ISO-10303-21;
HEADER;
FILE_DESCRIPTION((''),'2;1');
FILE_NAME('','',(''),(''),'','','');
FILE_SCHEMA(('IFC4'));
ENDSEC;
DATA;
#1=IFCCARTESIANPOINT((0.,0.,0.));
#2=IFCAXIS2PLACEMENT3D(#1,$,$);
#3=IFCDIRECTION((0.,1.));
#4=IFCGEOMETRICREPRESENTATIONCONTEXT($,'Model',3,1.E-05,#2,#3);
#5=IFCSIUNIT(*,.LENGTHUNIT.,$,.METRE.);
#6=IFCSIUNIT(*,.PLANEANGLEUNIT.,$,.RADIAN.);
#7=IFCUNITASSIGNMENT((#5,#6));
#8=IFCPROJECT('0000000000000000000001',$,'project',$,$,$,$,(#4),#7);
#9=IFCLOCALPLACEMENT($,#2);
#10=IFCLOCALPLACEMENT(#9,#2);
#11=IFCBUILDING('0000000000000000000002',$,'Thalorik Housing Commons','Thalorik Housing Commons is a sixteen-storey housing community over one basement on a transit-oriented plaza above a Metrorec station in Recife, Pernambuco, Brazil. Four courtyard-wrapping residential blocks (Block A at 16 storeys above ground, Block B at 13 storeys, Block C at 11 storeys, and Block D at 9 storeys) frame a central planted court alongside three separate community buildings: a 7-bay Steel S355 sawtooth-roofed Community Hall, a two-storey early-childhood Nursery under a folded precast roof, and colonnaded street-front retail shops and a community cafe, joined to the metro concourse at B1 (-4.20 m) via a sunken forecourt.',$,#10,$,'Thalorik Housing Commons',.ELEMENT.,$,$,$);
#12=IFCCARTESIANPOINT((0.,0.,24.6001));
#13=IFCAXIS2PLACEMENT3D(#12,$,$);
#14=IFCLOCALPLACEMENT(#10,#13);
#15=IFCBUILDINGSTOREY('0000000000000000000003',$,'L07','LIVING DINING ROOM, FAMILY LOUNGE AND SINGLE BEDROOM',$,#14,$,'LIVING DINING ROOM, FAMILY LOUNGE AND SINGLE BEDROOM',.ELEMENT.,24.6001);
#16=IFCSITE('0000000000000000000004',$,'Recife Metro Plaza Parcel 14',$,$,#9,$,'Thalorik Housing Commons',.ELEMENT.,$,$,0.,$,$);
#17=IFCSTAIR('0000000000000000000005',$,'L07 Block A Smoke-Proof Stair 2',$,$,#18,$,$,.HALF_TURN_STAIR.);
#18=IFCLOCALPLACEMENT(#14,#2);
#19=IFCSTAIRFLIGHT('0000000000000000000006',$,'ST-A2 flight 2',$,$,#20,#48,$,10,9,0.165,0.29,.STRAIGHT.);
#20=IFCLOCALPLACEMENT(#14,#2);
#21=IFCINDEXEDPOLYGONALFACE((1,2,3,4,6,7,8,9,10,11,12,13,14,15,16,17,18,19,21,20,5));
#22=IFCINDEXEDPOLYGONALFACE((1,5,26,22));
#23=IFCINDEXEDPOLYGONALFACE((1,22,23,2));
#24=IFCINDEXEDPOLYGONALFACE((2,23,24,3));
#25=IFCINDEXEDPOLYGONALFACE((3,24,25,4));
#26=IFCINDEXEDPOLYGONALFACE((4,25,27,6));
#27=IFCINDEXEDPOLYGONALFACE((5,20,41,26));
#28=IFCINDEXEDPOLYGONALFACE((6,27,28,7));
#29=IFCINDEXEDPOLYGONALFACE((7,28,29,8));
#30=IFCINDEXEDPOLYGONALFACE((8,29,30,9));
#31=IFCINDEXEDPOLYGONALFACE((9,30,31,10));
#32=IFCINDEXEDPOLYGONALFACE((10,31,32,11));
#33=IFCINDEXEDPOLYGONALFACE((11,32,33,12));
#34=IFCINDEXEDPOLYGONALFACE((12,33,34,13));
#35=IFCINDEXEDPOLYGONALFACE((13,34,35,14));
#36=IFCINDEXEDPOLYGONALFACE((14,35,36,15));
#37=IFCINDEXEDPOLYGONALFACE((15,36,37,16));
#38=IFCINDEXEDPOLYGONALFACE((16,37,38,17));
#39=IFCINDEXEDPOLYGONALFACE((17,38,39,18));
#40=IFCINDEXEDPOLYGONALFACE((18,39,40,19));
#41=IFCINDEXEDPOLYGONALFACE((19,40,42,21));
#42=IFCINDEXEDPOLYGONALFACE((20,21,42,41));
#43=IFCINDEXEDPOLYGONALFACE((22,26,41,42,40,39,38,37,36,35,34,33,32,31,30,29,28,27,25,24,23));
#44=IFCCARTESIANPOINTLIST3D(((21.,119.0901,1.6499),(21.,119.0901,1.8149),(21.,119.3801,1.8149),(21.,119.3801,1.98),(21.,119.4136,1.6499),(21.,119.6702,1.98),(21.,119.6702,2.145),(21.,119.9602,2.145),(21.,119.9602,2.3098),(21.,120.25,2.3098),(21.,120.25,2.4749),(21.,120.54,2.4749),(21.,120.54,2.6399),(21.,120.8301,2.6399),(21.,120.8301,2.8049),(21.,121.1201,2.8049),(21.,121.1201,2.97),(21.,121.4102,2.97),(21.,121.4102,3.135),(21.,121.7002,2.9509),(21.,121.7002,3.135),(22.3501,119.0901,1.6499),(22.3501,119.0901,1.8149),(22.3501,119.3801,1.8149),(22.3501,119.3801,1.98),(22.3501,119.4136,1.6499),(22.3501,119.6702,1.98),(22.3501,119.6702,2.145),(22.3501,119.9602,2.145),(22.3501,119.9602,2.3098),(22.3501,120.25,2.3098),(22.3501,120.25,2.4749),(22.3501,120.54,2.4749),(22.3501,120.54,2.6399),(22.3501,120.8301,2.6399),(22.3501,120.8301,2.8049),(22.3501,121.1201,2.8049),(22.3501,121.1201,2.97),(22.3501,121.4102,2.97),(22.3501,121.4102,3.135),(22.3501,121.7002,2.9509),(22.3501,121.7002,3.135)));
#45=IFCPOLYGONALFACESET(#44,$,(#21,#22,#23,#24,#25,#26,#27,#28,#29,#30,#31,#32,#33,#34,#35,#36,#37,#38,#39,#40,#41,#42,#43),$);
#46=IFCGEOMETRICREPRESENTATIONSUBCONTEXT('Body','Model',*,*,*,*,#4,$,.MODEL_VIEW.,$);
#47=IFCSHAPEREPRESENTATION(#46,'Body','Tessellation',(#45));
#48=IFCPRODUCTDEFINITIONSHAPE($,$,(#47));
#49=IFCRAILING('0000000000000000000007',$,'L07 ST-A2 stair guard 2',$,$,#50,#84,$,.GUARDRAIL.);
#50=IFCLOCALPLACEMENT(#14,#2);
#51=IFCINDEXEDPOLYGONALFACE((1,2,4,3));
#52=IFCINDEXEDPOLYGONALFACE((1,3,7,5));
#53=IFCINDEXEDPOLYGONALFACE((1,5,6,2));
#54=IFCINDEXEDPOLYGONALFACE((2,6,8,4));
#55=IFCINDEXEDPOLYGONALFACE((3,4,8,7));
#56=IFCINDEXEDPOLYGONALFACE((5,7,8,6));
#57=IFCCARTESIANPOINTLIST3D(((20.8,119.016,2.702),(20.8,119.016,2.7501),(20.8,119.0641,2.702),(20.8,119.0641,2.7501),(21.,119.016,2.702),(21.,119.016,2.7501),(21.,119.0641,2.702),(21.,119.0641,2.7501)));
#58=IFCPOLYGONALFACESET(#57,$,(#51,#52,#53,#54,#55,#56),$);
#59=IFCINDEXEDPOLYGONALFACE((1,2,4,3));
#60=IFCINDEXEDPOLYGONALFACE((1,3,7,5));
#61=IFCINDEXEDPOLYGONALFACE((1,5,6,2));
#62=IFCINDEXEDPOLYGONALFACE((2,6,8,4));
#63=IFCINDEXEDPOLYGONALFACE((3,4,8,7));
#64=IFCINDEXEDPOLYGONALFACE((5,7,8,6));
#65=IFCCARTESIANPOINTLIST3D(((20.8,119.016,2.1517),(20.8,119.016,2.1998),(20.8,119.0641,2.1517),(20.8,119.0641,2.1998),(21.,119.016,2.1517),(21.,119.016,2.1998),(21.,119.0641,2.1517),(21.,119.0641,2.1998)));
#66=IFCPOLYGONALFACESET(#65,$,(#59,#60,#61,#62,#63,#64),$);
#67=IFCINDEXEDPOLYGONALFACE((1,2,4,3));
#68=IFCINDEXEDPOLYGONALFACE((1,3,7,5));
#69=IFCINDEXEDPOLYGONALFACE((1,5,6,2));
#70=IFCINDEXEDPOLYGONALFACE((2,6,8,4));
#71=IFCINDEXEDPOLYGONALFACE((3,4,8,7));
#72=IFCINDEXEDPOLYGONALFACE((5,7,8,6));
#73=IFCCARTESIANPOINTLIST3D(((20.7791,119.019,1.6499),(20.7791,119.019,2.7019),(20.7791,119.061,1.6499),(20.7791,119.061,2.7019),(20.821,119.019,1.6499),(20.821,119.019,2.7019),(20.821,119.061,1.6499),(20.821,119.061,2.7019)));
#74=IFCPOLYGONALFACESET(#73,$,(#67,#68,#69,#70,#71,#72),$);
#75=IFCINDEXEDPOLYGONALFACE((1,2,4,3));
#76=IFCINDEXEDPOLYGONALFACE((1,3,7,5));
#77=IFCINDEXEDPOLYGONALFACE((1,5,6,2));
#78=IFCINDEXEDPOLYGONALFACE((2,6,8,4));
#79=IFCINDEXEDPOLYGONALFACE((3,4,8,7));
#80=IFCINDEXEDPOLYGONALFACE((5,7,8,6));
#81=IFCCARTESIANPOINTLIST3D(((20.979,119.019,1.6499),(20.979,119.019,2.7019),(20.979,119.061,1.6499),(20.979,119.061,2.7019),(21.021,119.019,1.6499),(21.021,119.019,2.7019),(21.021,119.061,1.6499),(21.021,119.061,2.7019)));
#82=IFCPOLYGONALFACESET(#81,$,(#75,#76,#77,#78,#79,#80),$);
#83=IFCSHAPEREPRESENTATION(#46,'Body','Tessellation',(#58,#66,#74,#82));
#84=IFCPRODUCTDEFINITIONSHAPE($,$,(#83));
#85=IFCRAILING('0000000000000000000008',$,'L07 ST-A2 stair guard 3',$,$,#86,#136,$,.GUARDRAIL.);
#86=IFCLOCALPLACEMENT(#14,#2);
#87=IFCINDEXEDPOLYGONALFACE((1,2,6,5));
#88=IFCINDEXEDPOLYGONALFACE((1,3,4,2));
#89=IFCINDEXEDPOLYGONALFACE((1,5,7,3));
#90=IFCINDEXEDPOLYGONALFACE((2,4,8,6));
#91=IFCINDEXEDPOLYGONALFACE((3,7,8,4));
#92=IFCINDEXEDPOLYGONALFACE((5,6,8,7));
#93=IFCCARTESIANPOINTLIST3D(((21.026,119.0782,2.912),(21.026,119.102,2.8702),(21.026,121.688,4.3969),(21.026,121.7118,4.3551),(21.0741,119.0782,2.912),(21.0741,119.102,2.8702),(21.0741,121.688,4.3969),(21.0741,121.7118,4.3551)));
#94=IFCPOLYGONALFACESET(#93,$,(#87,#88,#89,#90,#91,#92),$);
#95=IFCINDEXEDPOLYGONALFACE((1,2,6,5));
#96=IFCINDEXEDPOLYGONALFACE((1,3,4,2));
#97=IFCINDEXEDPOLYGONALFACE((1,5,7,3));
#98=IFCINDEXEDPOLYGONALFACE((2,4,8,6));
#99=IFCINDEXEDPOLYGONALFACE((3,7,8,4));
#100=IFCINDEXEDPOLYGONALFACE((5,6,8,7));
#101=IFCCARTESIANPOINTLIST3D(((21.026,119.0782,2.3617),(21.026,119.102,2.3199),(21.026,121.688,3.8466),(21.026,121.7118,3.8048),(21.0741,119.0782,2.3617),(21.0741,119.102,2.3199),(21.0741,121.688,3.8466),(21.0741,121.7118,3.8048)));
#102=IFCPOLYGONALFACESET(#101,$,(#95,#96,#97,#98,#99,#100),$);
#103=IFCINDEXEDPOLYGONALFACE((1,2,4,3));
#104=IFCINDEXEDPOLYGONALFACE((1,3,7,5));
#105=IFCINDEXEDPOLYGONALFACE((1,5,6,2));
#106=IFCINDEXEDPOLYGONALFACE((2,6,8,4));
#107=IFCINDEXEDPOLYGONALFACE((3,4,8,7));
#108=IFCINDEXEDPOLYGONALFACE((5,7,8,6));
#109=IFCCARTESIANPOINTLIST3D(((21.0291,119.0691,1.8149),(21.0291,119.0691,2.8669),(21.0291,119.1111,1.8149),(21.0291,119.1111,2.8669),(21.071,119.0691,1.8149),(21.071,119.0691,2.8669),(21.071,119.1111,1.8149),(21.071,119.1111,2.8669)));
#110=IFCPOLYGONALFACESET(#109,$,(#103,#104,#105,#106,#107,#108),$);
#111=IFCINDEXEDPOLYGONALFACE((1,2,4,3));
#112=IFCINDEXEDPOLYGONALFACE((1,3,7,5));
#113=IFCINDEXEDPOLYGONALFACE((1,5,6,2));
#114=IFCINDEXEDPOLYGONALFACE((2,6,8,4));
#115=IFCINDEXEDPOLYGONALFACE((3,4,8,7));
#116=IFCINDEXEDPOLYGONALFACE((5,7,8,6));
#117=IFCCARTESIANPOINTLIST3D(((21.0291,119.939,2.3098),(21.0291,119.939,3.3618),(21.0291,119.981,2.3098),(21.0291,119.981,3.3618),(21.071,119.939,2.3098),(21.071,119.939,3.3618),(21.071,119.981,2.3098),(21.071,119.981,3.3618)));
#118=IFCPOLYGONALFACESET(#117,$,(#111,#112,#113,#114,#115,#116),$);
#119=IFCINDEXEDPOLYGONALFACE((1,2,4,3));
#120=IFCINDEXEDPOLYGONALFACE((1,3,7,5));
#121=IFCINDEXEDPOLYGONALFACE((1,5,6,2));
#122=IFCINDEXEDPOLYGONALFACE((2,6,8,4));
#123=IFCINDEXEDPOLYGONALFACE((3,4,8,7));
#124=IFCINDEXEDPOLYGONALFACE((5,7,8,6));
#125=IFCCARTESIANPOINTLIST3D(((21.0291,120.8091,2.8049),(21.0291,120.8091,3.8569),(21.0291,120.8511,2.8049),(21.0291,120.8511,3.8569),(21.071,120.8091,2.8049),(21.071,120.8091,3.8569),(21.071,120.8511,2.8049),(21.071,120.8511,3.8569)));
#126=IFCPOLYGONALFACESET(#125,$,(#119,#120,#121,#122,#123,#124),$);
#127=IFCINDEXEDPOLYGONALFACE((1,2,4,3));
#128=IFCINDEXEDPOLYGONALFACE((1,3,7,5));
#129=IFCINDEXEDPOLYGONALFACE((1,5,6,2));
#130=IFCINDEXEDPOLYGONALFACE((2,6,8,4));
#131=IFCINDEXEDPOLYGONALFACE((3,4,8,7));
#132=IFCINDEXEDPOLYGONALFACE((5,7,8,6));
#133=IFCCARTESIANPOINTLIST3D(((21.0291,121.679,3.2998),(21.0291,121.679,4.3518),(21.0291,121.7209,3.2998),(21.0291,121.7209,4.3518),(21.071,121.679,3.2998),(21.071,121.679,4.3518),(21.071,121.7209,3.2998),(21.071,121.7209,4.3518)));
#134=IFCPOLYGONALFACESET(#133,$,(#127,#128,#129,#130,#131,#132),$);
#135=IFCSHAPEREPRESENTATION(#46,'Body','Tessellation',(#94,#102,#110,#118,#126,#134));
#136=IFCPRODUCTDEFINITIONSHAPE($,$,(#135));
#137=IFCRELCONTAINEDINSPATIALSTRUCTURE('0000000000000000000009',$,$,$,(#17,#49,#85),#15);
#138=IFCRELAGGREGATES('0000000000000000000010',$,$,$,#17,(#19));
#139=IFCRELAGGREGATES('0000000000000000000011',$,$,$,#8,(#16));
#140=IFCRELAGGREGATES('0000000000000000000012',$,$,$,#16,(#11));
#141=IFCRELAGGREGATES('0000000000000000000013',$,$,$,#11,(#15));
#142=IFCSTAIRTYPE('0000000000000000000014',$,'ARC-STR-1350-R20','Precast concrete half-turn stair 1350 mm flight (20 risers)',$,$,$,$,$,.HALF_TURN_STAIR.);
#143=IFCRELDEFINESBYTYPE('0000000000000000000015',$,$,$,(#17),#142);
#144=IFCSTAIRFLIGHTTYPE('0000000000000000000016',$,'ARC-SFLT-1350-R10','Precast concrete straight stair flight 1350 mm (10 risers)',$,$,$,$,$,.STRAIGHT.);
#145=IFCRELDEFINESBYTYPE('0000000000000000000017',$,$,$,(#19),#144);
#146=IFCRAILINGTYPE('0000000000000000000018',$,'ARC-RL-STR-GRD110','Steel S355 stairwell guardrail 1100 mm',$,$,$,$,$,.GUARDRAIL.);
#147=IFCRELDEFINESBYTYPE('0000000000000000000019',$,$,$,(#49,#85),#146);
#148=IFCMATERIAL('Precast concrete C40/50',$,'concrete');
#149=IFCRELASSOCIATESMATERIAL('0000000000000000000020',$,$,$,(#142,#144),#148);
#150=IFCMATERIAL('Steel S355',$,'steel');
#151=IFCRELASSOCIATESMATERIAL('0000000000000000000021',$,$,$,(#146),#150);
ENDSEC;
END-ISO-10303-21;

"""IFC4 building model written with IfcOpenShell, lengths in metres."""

from ifc_helpers import new_model, si_unit, direction, frame, origin, origin_2d, place, context, subcontext, project, spatial, polyline, rectangle, outline, extrude, material, type_object, element, aggregate, save


model = new_model("IFC4")

# Units and contexts
model_context = context("Model", 3, precision=1e-05, world=origin(), true_north=direction((0.0, 1.0)))
body_context = subcontext(model_context, "Body", "Model", "MODEL_VIEW")
ifc_project = project(units=[si_unit("LENGTHUNIT", "METRE"), si_unit("PLANEANGLEUNIT", "RADIAN")], contexts=[model_context])

# Site, building, storey
site_placement = place(None, origin())
site = spatial("IfcSite", under=ifc_project, at=site_placement, Name="Recife Metro Plaza Parcel 14", LongName="Thalorik Housing Commons", CompositionType="ELEMENT", RefElevation=0.0)
building_placement = place(site_placement, origin())
building = spatial("IfcBuilding", under=site, at=building_placement, Name="Thalorik Housing Commons", Description="Thalorik Housing Commons is a sixteen-storey housing community over one basement on a transit-oriented plaza above a Metrorec station in Recife, Pernambuco, Brazil. Four courtyard-wrapping residential blocks (Block A at 16 storeys above ground, Block B at 13 storeys, Block C at 11 storeys, and Block D at 9 storeys) frame a central planted court alongside three separate community buildings: a 7-bay Steel S355 sawtooth-roofed Community Hall, a two-storey early-childhood Nursery under a folded precast roof, and colonnaded street-front retail shops and a community cafe, joined to the metro concourse at B1 (-4.20 m) via a sunken forecourt.", LongName="Thalorik Housing Commons", CompositionType="ELEMENT")
storey_placement = place(building_placement, frame((0.0, 0.0, 24.6001)))
storey = spatial("IfcBuildingStorey", under=building, at=storey_placement, Name="L07", Description="LIVING DINING ROOM, FAMILY LOUNGE AND SINGLE BEDROOM", LongName="LIVING DINING ROOM, FAMILY LOUNGE AND SINGLE BEDROOM", CompositionType="ELEMENT", Elevation=24.6001)

# Shared definitions
ifc_material_1 = material(Name="Steel S355", Category="steel")

# Stair, stair flight
ifc_material_2 = material(Name="Precast concrete C40/50", Category="concrete")
stair_type = type_object("IfcStairType", Name="ARC-STR-1350-R20", Description="Precast concrete half-turn stair 1350 mm flight (20 risers)", PredefinedType="HALF_TURN_STAIR", material=ifc_material_2)
stair_placement = place(storey_placement, origin())
stair = element("IfcStair", 1, at=stair_placement, inside=storey, type_object=stair_type, Name="L07 Block A Smoke-Proof Stair 2", PredefinedType="HALF_TURN_STAIR")
stair_flight_type = type_object("IfcStairFlightType", Name="ARC-SFLT-1350-R10", Description="Precast concrete straight stair flight 1350 mm (10 risers)", PredefinedType="STRAIGHT", material=ifc_material_2)
stair_flight_placement = place(storey_placement, frame((21.675, 119.0901, 1.6499), z_axis=(0.0, 0.0, 1.0), x_axis=(0.0, 1.0, 0.0)))
stair_flight = element("IfcStairFlight", 2, at=stair_flight_placement, type_object=stair_flight_type, Name="ST-A2 flight 2", NumberOfRisers=10, NumberOfTreads=9, PredefinedType="STRAIGHT", RiserHeight=0.165, TreadLength=0.29, context=body_context, shape_type="SweptSolid", body=[
    extrude(outline(polyline([(0.0, 0.0), (0.0, 0.165), (0.29, 0.165), (0.29, 0.3301), (0.5801, 0.3301), (0.5801, 0.4951), (0.8701, 0.4951), (0.8701, 0.6599), (1.1599, 0.6599), (1.1599, 0.825), (1.45, 0.825), (1.45, 0.99), (1.74, 0.99), (1.74, 1.155), (2.03, 1.155), (2.03, 1.3201), (2.3201, 1.3201), (2.3201, 1.4851), (2.6101, 1.4851), (2.6101, 1.6499), (2.6101, 1.301), (0.3235, 0.0), (0.0, 0.0)])), frame((0.0, 0.675, 0.0), z_axis=(0.0, -1.0, 0.0), x_axis=(1.0, 0.0, 0.0)), (0.0, 0.0, 1.0), 1.3501),
])
aggregate(stair, [stair_flight])

# Railings
railing_type = type_object("IfcRailingType", Name="ARC-RL-STR-GRD110", Description="Steel S355 stairwell guardrail 1100 mm", PredefinedType="GUARDRAIL", material=ifc_material_1)
railing_1_placement = place(storey_placement, frame((20.8, 119.04, 1.6499)))
element("IfcRailing", 3, at=railing_1_placement, inside=storey, type_object=railing_type, Name="L07 ST-A2 stair guard 2", PredefinedType="GUARDRAIL", context=body_context, shape_type="SweptSolid", body=[
    extrude(rectangle(XDim=0.0481, YDim=0.0481, at=origin_2d()), frame((0.0, 0.0, 1.0762), z_axis=(1.0, 0.0, 0.0), x_axis=(0.0, 1.0, 0.0)), (0.0, 0.0, 1.0), 0.2),
    extrude(rectangle(XDim=0.0481, YDim=0.0481, at=origin_2d()), frame((0.0, 0.0, 0.5259), z_axis=(1.0, 0.0, 0.0), x_axis=(0.0, 1.0, 0.0)), (0.0, 0.0, 1.0), 0.2),
    extrude(rectangle(XDim=0.042, YDim=0.042, at=origin_2d()), origin(), (0.0, 0.0, 1.0), 1.052),
    extrude(rectangle(XDim=0.042, YDim=0.042, at=origin_2d()), frame((0.2, 0.0, 0.0)), (0.0, 0.0, 1.0), 1.052),
])
railing_2_placement = place(storey_placement, frame((21.05, 119.0901, 1.8149)))
element("IfcRailing", 4, at=railing_2_placement, inside=storey, type_object=railing_type, Name="L07 ST-A2 stair guard 3", PredefinedType="GUARDRAIL", context=body_context, shape_type="SweptSolid", body=[
    extrude(rectangle(XDim=0.0481, YDim=0.0481, at=origin_2d()), frame((0.0, 0.0, 1.0762), z_axis=(0.0, 0.869172, 0.494509), x_axis=(-1.0, 0.0, 0.0)), (0.0, 0.0, 1.0), 3.0027),
    extrude(rectangle(XDim=0.0481, YDim=0.0481, at=origin_2d()), frame((0.0, 0.0, 0.5259), z_axis=(0.0, 0.869172, 0.494509), x_axis=(-1.0, 0.0, 0.0)), (0.0, 0.0, 1.0), 3.0027),
    extrude(rectangle(XDim=0.042, YDim=0.042, at=origin_2d()), origin(), (0.0, 0.0, 1.0), 1.052),
    extrude(rectangle(XDim=0.042, YDim=0.042, at=origin_2d()), frame((0.0, 0.8699, 0.4949)), (0.0, 0.0, 1.0), 1.052),
    extrude(rectangle(XDim=0.042, YDim=0.042, at=origin_2d()), frame((0.0, 1.74, 0.99)), (0.0, 0.0, 1.0), 1.052),
    extrude(rectangle(XDim=0.042, YDim=0.042, at=origin_2d()), frame((0.0, 2.6099, 1.4849)), (0.0, 0.0, 1.0), 1.052),
])

save(model, "model.ifc")
